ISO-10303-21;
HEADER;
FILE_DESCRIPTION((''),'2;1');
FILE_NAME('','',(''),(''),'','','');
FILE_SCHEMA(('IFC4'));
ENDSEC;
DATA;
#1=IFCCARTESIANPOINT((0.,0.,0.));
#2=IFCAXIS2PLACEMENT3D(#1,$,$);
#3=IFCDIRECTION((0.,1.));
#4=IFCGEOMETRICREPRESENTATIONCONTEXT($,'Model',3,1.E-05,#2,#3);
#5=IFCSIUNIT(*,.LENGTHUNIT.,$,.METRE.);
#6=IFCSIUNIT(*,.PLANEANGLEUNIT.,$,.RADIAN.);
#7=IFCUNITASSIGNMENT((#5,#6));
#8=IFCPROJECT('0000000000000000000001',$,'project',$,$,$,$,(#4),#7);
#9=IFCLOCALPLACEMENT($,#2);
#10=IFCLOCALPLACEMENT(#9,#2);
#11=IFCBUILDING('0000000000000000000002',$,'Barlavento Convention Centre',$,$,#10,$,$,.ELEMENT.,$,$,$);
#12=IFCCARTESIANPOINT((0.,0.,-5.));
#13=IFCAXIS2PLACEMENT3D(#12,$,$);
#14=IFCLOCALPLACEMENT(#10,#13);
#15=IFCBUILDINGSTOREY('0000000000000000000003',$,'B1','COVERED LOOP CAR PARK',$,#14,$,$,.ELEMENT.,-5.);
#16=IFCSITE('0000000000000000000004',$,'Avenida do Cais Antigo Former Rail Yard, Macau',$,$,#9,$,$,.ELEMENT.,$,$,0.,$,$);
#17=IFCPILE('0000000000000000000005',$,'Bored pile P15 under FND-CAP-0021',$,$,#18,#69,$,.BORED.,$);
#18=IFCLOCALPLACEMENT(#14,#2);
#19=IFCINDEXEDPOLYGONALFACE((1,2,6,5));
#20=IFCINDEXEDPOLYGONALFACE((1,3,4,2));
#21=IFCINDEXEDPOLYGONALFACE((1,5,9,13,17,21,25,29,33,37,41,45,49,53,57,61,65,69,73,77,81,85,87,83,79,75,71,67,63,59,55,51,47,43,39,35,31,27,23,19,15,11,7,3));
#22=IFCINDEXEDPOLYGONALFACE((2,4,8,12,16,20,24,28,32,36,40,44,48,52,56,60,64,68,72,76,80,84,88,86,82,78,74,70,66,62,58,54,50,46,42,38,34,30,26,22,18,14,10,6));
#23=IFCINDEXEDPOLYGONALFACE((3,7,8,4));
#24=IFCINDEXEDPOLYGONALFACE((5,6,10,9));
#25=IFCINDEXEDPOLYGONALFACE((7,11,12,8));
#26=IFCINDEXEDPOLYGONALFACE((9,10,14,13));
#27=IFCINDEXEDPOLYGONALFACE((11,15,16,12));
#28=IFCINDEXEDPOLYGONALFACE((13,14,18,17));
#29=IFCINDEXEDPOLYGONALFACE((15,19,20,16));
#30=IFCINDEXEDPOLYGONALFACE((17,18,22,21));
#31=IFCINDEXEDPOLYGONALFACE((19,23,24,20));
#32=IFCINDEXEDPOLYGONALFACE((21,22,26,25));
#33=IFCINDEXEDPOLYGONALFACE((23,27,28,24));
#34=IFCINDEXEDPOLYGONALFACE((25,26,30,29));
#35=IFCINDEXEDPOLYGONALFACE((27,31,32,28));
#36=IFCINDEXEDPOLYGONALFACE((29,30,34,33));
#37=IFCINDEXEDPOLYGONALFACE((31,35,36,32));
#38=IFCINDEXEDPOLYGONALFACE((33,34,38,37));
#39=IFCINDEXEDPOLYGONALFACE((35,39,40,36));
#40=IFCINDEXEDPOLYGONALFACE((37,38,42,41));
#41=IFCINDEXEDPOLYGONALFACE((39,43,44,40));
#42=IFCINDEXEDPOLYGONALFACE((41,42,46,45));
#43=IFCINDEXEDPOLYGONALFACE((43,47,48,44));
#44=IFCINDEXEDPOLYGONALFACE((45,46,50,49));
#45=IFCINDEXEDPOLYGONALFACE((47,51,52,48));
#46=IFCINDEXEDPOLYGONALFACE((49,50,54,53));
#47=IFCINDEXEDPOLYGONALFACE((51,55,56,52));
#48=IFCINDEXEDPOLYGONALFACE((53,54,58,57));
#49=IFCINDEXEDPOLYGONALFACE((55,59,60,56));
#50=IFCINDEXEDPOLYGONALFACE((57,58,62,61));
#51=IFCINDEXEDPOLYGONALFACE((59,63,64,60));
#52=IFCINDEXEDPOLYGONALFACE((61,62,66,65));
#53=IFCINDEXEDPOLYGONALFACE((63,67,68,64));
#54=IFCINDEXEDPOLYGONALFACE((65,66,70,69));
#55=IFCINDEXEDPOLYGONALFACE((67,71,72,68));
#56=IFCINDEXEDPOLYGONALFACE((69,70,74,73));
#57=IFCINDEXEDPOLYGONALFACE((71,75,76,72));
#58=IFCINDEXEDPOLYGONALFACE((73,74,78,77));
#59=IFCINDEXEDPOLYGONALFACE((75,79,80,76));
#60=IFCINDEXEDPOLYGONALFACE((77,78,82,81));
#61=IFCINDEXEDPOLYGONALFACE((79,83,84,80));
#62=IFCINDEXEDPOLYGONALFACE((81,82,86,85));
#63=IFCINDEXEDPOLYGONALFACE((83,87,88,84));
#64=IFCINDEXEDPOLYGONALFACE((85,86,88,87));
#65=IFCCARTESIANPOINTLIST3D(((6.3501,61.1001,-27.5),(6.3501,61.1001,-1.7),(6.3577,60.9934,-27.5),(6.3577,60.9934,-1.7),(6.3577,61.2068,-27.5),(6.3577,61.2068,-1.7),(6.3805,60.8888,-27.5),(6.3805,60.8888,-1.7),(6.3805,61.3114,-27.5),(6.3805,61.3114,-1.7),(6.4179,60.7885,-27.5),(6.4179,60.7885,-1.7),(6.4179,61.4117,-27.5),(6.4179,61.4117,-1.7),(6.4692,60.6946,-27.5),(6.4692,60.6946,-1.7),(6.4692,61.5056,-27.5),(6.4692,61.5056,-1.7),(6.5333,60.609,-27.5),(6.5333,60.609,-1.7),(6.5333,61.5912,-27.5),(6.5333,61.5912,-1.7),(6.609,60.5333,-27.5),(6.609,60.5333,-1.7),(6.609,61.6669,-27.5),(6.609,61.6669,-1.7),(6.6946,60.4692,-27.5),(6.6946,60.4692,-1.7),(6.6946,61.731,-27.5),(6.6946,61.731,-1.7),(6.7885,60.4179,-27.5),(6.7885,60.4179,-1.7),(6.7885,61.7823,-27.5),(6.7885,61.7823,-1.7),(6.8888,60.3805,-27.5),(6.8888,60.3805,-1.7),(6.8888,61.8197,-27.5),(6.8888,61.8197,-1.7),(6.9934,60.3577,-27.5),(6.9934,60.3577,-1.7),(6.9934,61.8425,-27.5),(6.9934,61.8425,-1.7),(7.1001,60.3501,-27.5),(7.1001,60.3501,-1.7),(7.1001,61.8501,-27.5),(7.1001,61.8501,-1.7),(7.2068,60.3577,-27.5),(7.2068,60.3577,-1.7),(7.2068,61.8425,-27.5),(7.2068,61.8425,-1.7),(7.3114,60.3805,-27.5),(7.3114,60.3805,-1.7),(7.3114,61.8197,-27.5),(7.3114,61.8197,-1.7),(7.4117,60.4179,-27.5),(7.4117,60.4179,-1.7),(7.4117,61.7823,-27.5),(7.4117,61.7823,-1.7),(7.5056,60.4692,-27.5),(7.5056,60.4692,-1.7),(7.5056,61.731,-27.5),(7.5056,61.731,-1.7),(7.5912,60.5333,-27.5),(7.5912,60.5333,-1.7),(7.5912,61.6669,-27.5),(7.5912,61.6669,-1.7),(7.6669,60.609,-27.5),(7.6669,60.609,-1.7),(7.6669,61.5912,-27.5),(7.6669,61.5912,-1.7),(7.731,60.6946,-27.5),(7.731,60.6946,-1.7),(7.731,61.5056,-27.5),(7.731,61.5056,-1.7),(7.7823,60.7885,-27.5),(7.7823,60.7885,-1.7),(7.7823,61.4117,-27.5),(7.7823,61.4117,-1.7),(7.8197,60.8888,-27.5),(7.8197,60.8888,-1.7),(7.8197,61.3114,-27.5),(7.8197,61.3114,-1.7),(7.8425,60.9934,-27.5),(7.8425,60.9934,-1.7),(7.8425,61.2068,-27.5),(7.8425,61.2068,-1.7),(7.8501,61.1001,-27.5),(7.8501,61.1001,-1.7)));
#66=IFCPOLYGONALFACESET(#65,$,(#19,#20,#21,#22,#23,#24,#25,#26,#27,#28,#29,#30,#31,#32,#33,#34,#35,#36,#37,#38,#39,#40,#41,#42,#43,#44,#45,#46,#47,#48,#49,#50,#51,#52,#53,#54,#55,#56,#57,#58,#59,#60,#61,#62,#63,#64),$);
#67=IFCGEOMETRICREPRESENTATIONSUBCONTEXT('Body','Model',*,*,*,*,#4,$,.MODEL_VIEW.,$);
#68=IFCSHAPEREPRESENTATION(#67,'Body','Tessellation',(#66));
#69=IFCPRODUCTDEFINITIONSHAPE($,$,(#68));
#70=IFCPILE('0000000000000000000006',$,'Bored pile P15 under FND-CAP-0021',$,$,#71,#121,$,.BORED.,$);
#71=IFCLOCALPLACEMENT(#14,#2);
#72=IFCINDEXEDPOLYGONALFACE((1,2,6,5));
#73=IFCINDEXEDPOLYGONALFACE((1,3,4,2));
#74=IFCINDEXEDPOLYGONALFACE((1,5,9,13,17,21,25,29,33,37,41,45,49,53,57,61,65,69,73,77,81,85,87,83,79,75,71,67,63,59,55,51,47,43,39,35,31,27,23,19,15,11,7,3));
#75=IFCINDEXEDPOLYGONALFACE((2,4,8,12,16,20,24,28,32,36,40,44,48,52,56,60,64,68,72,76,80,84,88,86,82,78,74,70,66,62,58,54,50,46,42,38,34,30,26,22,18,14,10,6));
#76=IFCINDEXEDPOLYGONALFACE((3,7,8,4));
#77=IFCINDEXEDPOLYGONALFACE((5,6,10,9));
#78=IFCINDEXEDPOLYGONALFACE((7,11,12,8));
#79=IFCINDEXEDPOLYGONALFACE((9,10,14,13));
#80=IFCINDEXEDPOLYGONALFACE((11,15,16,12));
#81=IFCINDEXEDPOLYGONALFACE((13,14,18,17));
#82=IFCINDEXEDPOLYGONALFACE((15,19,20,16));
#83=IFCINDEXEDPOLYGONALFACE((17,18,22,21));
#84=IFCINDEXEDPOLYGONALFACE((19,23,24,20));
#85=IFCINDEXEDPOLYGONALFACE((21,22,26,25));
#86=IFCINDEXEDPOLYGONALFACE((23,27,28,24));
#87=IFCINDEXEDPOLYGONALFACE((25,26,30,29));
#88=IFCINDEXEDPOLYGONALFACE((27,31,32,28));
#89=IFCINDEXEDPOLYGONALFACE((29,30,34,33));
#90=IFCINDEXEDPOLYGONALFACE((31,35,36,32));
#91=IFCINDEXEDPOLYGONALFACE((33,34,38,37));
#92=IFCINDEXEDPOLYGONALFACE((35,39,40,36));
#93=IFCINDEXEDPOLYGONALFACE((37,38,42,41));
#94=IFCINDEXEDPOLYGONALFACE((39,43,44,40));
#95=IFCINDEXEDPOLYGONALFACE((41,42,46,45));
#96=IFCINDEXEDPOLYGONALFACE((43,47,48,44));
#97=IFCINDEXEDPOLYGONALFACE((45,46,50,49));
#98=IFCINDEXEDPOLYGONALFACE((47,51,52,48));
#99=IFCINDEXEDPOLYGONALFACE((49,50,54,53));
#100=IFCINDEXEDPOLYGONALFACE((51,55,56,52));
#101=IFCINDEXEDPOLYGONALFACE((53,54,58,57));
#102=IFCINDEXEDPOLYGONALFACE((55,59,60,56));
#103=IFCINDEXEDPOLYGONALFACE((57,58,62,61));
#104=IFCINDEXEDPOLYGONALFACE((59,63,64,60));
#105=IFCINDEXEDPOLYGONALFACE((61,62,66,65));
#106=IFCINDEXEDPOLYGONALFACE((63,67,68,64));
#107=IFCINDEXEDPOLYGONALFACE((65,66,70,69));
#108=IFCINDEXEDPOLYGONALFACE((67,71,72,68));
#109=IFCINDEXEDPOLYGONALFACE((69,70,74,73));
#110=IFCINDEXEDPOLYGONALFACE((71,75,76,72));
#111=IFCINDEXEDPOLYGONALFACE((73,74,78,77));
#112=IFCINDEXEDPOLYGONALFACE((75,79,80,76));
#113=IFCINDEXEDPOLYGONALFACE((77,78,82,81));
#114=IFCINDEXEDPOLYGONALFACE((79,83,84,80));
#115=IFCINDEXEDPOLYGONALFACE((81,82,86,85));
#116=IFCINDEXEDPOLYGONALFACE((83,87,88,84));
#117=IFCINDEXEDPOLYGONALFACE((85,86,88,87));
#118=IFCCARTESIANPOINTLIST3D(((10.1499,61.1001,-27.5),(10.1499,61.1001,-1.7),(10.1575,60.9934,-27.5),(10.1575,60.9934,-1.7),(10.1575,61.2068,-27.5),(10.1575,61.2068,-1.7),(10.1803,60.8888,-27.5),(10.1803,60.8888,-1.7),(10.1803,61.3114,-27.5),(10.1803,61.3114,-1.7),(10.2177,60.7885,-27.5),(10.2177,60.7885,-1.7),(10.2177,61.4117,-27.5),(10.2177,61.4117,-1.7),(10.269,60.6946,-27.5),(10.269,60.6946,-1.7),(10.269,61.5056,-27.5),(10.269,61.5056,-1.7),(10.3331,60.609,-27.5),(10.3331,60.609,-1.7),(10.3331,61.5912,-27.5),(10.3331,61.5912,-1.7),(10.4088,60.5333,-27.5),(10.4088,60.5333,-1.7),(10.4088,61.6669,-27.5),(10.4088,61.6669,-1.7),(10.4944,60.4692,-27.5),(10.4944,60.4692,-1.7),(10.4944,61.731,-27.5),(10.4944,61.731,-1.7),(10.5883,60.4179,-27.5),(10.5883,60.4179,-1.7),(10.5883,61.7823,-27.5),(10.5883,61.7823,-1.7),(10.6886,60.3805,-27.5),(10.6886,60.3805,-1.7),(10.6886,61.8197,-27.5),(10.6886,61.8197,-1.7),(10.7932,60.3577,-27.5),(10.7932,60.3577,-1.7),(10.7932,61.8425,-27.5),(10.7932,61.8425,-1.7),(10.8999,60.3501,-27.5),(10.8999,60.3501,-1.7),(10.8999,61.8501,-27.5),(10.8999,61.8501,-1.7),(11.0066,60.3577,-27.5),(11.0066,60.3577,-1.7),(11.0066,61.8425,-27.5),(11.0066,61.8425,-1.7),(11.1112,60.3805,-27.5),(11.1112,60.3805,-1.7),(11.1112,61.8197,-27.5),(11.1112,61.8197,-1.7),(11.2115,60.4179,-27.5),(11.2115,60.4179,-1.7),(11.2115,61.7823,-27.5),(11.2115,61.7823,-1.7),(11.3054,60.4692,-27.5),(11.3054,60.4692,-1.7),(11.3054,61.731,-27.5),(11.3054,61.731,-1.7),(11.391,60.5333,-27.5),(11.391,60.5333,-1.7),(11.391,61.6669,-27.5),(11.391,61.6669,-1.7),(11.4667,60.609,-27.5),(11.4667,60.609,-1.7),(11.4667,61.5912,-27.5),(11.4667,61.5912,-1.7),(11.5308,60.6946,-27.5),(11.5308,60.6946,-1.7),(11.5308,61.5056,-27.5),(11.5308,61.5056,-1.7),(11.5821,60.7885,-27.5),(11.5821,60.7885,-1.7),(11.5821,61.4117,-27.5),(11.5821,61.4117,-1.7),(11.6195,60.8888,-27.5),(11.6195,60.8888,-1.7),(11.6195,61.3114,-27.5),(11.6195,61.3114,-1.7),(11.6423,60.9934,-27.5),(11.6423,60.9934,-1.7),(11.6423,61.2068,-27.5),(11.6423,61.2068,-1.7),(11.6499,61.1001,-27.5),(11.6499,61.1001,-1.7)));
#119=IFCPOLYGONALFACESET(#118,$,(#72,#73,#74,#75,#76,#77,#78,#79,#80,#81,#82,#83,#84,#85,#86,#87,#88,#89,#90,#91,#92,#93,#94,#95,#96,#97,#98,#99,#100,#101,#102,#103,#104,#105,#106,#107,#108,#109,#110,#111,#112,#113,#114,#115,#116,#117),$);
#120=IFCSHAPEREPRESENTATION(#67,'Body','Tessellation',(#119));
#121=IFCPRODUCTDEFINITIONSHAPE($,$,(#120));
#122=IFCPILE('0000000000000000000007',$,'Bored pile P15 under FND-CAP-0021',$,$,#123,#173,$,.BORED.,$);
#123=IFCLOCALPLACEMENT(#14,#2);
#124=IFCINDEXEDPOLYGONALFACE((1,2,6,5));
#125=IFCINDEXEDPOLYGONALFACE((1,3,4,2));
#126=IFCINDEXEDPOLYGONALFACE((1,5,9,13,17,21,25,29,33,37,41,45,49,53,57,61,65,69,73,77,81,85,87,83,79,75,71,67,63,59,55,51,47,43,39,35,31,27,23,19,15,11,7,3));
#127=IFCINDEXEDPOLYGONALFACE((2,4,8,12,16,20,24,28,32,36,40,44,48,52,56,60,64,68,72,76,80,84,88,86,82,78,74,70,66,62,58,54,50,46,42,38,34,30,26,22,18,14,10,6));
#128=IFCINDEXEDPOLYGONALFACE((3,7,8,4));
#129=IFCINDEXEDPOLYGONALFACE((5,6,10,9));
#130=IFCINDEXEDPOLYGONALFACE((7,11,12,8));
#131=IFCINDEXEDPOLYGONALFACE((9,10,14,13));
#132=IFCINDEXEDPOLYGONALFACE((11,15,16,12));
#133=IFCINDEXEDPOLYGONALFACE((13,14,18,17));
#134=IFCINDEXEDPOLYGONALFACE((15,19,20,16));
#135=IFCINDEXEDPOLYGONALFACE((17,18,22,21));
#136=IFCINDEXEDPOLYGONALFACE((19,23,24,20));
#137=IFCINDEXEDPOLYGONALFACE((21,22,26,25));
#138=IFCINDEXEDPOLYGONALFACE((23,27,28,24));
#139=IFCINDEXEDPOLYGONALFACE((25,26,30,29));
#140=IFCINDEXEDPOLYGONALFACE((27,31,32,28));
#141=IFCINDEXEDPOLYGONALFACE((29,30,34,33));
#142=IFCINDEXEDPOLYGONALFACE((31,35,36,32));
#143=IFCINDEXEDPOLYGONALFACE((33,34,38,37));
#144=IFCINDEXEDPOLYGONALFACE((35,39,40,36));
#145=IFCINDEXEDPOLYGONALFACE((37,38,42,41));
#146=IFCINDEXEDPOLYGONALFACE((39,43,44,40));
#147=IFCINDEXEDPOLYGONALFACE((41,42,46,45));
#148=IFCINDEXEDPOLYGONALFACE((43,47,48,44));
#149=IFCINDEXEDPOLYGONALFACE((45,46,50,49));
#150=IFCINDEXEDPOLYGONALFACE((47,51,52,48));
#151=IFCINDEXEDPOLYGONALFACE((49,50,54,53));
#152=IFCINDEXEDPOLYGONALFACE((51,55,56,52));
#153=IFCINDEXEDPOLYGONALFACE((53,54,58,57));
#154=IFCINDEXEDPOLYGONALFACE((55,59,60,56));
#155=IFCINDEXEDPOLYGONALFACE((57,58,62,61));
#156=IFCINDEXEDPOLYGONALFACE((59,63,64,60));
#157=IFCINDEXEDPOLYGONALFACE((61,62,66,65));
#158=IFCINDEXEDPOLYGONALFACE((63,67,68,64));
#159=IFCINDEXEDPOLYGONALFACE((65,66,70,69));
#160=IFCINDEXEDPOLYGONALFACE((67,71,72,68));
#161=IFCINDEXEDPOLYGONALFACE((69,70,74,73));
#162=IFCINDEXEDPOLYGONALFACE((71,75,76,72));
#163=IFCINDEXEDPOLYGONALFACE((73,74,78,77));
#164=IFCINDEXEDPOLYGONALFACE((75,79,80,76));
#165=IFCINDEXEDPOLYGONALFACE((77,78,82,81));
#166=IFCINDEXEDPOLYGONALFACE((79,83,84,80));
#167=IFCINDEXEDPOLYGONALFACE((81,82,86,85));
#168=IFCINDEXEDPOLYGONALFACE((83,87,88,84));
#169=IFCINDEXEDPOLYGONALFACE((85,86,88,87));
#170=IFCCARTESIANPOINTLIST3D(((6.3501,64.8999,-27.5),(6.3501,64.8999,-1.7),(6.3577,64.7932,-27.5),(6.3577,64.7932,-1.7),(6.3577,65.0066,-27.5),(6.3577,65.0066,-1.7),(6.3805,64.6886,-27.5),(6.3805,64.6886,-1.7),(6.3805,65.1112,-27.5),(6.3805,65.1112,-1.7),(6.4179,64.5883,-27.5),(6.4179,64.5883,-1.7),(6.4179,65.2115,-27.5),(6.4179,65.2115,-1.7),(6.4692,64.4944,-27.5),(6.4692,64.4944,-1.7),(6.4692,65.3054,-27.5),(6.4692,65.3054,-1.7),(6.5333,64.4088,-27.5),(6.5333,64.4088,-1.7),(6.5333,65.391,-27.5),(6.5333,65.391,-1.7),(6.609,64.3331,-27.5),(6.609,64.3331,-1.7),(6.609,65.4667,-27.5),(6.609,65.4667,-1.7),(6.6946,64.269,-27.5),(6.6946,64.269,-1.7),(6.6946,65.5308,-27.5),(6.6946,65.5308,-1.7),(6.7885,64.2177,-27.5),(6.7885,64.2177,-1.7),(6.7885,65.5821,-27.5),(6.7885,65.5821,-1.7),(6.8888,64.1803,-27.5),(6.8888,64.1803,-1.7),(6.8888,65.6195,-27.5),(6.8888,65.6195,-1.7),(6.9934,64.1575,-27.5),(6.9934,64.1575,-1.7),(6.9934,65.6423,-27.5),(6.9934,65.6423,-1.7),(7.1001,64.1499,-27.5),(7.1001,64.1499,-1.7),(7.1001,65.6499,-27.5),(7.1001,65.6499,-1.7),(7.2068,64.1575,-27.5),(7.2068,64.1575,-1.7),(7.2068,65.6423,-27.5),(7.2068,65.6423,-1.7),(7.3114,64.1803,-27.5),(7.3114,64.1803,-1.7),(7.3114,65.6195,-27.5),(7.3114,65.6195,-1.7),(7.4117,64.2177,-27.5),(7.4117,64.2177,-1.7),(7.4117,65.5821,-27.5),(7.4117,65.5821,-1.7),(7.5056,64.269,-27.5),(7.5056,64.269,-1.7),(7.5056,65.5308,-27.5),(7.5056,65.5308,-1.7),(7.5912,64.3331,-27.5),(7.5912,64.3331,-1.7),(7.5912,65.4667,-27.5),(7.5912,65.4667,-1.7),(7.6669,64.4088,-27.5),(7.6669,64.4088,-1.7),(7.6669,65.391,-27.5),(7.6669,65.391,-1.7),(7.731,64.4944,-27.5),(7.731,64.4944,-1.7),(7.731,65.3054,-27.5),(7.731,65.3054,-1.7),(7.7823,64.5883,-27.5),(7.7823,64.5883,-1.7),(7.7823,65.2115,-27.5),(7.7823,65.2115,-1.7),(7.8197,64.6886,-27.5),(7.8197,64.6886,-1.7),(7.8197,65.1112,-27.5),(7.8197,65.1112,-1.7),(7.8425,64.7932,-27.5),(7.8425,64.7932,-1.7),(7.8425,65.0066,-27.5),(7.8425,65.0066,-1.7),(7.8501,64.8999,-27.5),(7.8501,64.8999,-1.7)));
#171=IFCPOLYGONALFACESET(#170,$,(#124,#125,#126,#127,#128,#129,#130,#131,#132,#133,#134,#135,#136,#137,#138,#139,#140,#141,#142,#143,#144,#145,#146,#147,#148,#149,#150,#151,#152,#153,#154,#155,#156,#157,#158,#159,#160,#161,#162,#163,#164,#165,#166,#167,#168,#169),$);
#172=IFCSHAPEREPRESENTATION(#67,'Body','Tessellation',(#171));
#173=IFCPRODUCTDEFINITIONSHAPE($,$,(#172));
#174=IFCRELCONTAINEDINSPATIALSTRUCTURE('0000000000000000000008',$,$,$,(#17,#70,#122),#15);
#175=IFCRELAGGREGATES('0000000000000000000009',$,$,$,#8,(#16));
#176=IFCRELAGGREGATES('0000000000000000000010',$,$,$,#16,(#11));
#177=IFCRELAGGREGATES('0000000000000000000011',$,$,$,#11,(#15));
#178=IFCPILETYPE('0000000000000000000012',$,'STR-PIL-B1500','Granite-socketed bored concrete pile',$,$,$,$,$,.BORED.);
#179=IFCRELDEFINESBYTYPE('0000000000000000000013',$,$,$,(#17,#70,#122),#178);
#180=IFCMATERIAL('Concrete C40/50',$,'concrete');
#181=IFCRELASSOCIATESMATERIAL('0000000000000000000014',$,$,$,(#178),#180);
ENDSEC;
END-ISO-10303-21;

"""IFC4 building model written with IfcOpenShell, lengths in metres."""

from ifc_helpers import new_model, si_unit, direction, frame, origin, origin_2d, place, context, subcontext, project, spatial, circle, extrude, material, material_profile, profile_set, type_object, element, save


model = new_model("IFC4")

# Units and contexts
model_context = context("Model", 3, precision=1e-05, world=origin(), true_north=direction((0.0, 1.0)))
body_context = subcontext(model_context, "Body", "Model", "MODEL_VIEW")
ifc_project = project(units=[si_unit("LENGTHUNIT", "METRE"), si_unit("PLANEANGLEUNIT", "RADIAN")], contexts=[model_context])

# Site, building, storey
site_placement = place(None, origin())
site = spatial("IfcSite", under=ifc_project, at=site_placement, Name="Avenida do Cais Antigo Former Rail Yard, Macau", CompositionType="ELEMENT", RefElevation=0.0)
building_placement = place(site_placement, origin())
building = spatial("IfcBuilding", under=site, at=building_placement, Name="Barlavento Convention Centre", CompositionType="ELEMENT")
storey_placement = place(building_placement, frame((0.0, 0.0, -5.0)))
storey = spatial("IfcBuildingStorey", under=building, at=storey_placement, Name="B1", Description="COVERED LOOP CAR PARK", CompositionType="ELEMENT", Elevation=-5.0)

# Shared definitions
ifc_material_1 = material(Name="Concrete C40/50", Category="concrete")

# Piles
ifc_material_profile_1 = material_profile(ifc_material_1, circle(Radius=0.75, at=origin_2d()), Name="BORED PILE 1500")
ifc_profile_set_1 = profile_set([ifc_material_profile_1], Name="Concrete C40/50")
pile_type_1 = type_object("IfcPileType", Name="STR-PIL-B1500", Description="Granite-socketed bored concrete pile", PredefinedType="BORED", material=ifc_profile_set_1)
for number, where, z_axis, x_axis, name in (
    (1, (7.1001, 61.1001, -1.7), (0.0, 0.0, -1.0), (1.0, 0.0, 0.0), "Bored pile P15 under FND-CAP-0021"),
    (2, (10.8999, 61.1001, -1.7), (0.0, 0.0, -1.0), (1.0, 0.0, 0.0), "Bored pile P15 under FND-CAP-0021"),
    (3, (7.1001, 64.8999, -1.7), (0.0, 0.0, -1.0), (1.0, 0.0, 0.0), "Bored pile P15 under FND-CAP-0021"),
):
    element("IfcPile", number, at=place(storey_placement, frame(where, z_axis=z_axis, x_axis=x_axis)), inside=storey, type_object=pile_type_1, Name=name, PredefinedType="BORED", context=body_context, shape_type="SweptSolid", body=[
        extrude(circle(Radius=0.75, at=origin_2d()), origin(), (0.0, 0.0, 1.0), 25.8),
    ])

save(model, "model.ifc")
